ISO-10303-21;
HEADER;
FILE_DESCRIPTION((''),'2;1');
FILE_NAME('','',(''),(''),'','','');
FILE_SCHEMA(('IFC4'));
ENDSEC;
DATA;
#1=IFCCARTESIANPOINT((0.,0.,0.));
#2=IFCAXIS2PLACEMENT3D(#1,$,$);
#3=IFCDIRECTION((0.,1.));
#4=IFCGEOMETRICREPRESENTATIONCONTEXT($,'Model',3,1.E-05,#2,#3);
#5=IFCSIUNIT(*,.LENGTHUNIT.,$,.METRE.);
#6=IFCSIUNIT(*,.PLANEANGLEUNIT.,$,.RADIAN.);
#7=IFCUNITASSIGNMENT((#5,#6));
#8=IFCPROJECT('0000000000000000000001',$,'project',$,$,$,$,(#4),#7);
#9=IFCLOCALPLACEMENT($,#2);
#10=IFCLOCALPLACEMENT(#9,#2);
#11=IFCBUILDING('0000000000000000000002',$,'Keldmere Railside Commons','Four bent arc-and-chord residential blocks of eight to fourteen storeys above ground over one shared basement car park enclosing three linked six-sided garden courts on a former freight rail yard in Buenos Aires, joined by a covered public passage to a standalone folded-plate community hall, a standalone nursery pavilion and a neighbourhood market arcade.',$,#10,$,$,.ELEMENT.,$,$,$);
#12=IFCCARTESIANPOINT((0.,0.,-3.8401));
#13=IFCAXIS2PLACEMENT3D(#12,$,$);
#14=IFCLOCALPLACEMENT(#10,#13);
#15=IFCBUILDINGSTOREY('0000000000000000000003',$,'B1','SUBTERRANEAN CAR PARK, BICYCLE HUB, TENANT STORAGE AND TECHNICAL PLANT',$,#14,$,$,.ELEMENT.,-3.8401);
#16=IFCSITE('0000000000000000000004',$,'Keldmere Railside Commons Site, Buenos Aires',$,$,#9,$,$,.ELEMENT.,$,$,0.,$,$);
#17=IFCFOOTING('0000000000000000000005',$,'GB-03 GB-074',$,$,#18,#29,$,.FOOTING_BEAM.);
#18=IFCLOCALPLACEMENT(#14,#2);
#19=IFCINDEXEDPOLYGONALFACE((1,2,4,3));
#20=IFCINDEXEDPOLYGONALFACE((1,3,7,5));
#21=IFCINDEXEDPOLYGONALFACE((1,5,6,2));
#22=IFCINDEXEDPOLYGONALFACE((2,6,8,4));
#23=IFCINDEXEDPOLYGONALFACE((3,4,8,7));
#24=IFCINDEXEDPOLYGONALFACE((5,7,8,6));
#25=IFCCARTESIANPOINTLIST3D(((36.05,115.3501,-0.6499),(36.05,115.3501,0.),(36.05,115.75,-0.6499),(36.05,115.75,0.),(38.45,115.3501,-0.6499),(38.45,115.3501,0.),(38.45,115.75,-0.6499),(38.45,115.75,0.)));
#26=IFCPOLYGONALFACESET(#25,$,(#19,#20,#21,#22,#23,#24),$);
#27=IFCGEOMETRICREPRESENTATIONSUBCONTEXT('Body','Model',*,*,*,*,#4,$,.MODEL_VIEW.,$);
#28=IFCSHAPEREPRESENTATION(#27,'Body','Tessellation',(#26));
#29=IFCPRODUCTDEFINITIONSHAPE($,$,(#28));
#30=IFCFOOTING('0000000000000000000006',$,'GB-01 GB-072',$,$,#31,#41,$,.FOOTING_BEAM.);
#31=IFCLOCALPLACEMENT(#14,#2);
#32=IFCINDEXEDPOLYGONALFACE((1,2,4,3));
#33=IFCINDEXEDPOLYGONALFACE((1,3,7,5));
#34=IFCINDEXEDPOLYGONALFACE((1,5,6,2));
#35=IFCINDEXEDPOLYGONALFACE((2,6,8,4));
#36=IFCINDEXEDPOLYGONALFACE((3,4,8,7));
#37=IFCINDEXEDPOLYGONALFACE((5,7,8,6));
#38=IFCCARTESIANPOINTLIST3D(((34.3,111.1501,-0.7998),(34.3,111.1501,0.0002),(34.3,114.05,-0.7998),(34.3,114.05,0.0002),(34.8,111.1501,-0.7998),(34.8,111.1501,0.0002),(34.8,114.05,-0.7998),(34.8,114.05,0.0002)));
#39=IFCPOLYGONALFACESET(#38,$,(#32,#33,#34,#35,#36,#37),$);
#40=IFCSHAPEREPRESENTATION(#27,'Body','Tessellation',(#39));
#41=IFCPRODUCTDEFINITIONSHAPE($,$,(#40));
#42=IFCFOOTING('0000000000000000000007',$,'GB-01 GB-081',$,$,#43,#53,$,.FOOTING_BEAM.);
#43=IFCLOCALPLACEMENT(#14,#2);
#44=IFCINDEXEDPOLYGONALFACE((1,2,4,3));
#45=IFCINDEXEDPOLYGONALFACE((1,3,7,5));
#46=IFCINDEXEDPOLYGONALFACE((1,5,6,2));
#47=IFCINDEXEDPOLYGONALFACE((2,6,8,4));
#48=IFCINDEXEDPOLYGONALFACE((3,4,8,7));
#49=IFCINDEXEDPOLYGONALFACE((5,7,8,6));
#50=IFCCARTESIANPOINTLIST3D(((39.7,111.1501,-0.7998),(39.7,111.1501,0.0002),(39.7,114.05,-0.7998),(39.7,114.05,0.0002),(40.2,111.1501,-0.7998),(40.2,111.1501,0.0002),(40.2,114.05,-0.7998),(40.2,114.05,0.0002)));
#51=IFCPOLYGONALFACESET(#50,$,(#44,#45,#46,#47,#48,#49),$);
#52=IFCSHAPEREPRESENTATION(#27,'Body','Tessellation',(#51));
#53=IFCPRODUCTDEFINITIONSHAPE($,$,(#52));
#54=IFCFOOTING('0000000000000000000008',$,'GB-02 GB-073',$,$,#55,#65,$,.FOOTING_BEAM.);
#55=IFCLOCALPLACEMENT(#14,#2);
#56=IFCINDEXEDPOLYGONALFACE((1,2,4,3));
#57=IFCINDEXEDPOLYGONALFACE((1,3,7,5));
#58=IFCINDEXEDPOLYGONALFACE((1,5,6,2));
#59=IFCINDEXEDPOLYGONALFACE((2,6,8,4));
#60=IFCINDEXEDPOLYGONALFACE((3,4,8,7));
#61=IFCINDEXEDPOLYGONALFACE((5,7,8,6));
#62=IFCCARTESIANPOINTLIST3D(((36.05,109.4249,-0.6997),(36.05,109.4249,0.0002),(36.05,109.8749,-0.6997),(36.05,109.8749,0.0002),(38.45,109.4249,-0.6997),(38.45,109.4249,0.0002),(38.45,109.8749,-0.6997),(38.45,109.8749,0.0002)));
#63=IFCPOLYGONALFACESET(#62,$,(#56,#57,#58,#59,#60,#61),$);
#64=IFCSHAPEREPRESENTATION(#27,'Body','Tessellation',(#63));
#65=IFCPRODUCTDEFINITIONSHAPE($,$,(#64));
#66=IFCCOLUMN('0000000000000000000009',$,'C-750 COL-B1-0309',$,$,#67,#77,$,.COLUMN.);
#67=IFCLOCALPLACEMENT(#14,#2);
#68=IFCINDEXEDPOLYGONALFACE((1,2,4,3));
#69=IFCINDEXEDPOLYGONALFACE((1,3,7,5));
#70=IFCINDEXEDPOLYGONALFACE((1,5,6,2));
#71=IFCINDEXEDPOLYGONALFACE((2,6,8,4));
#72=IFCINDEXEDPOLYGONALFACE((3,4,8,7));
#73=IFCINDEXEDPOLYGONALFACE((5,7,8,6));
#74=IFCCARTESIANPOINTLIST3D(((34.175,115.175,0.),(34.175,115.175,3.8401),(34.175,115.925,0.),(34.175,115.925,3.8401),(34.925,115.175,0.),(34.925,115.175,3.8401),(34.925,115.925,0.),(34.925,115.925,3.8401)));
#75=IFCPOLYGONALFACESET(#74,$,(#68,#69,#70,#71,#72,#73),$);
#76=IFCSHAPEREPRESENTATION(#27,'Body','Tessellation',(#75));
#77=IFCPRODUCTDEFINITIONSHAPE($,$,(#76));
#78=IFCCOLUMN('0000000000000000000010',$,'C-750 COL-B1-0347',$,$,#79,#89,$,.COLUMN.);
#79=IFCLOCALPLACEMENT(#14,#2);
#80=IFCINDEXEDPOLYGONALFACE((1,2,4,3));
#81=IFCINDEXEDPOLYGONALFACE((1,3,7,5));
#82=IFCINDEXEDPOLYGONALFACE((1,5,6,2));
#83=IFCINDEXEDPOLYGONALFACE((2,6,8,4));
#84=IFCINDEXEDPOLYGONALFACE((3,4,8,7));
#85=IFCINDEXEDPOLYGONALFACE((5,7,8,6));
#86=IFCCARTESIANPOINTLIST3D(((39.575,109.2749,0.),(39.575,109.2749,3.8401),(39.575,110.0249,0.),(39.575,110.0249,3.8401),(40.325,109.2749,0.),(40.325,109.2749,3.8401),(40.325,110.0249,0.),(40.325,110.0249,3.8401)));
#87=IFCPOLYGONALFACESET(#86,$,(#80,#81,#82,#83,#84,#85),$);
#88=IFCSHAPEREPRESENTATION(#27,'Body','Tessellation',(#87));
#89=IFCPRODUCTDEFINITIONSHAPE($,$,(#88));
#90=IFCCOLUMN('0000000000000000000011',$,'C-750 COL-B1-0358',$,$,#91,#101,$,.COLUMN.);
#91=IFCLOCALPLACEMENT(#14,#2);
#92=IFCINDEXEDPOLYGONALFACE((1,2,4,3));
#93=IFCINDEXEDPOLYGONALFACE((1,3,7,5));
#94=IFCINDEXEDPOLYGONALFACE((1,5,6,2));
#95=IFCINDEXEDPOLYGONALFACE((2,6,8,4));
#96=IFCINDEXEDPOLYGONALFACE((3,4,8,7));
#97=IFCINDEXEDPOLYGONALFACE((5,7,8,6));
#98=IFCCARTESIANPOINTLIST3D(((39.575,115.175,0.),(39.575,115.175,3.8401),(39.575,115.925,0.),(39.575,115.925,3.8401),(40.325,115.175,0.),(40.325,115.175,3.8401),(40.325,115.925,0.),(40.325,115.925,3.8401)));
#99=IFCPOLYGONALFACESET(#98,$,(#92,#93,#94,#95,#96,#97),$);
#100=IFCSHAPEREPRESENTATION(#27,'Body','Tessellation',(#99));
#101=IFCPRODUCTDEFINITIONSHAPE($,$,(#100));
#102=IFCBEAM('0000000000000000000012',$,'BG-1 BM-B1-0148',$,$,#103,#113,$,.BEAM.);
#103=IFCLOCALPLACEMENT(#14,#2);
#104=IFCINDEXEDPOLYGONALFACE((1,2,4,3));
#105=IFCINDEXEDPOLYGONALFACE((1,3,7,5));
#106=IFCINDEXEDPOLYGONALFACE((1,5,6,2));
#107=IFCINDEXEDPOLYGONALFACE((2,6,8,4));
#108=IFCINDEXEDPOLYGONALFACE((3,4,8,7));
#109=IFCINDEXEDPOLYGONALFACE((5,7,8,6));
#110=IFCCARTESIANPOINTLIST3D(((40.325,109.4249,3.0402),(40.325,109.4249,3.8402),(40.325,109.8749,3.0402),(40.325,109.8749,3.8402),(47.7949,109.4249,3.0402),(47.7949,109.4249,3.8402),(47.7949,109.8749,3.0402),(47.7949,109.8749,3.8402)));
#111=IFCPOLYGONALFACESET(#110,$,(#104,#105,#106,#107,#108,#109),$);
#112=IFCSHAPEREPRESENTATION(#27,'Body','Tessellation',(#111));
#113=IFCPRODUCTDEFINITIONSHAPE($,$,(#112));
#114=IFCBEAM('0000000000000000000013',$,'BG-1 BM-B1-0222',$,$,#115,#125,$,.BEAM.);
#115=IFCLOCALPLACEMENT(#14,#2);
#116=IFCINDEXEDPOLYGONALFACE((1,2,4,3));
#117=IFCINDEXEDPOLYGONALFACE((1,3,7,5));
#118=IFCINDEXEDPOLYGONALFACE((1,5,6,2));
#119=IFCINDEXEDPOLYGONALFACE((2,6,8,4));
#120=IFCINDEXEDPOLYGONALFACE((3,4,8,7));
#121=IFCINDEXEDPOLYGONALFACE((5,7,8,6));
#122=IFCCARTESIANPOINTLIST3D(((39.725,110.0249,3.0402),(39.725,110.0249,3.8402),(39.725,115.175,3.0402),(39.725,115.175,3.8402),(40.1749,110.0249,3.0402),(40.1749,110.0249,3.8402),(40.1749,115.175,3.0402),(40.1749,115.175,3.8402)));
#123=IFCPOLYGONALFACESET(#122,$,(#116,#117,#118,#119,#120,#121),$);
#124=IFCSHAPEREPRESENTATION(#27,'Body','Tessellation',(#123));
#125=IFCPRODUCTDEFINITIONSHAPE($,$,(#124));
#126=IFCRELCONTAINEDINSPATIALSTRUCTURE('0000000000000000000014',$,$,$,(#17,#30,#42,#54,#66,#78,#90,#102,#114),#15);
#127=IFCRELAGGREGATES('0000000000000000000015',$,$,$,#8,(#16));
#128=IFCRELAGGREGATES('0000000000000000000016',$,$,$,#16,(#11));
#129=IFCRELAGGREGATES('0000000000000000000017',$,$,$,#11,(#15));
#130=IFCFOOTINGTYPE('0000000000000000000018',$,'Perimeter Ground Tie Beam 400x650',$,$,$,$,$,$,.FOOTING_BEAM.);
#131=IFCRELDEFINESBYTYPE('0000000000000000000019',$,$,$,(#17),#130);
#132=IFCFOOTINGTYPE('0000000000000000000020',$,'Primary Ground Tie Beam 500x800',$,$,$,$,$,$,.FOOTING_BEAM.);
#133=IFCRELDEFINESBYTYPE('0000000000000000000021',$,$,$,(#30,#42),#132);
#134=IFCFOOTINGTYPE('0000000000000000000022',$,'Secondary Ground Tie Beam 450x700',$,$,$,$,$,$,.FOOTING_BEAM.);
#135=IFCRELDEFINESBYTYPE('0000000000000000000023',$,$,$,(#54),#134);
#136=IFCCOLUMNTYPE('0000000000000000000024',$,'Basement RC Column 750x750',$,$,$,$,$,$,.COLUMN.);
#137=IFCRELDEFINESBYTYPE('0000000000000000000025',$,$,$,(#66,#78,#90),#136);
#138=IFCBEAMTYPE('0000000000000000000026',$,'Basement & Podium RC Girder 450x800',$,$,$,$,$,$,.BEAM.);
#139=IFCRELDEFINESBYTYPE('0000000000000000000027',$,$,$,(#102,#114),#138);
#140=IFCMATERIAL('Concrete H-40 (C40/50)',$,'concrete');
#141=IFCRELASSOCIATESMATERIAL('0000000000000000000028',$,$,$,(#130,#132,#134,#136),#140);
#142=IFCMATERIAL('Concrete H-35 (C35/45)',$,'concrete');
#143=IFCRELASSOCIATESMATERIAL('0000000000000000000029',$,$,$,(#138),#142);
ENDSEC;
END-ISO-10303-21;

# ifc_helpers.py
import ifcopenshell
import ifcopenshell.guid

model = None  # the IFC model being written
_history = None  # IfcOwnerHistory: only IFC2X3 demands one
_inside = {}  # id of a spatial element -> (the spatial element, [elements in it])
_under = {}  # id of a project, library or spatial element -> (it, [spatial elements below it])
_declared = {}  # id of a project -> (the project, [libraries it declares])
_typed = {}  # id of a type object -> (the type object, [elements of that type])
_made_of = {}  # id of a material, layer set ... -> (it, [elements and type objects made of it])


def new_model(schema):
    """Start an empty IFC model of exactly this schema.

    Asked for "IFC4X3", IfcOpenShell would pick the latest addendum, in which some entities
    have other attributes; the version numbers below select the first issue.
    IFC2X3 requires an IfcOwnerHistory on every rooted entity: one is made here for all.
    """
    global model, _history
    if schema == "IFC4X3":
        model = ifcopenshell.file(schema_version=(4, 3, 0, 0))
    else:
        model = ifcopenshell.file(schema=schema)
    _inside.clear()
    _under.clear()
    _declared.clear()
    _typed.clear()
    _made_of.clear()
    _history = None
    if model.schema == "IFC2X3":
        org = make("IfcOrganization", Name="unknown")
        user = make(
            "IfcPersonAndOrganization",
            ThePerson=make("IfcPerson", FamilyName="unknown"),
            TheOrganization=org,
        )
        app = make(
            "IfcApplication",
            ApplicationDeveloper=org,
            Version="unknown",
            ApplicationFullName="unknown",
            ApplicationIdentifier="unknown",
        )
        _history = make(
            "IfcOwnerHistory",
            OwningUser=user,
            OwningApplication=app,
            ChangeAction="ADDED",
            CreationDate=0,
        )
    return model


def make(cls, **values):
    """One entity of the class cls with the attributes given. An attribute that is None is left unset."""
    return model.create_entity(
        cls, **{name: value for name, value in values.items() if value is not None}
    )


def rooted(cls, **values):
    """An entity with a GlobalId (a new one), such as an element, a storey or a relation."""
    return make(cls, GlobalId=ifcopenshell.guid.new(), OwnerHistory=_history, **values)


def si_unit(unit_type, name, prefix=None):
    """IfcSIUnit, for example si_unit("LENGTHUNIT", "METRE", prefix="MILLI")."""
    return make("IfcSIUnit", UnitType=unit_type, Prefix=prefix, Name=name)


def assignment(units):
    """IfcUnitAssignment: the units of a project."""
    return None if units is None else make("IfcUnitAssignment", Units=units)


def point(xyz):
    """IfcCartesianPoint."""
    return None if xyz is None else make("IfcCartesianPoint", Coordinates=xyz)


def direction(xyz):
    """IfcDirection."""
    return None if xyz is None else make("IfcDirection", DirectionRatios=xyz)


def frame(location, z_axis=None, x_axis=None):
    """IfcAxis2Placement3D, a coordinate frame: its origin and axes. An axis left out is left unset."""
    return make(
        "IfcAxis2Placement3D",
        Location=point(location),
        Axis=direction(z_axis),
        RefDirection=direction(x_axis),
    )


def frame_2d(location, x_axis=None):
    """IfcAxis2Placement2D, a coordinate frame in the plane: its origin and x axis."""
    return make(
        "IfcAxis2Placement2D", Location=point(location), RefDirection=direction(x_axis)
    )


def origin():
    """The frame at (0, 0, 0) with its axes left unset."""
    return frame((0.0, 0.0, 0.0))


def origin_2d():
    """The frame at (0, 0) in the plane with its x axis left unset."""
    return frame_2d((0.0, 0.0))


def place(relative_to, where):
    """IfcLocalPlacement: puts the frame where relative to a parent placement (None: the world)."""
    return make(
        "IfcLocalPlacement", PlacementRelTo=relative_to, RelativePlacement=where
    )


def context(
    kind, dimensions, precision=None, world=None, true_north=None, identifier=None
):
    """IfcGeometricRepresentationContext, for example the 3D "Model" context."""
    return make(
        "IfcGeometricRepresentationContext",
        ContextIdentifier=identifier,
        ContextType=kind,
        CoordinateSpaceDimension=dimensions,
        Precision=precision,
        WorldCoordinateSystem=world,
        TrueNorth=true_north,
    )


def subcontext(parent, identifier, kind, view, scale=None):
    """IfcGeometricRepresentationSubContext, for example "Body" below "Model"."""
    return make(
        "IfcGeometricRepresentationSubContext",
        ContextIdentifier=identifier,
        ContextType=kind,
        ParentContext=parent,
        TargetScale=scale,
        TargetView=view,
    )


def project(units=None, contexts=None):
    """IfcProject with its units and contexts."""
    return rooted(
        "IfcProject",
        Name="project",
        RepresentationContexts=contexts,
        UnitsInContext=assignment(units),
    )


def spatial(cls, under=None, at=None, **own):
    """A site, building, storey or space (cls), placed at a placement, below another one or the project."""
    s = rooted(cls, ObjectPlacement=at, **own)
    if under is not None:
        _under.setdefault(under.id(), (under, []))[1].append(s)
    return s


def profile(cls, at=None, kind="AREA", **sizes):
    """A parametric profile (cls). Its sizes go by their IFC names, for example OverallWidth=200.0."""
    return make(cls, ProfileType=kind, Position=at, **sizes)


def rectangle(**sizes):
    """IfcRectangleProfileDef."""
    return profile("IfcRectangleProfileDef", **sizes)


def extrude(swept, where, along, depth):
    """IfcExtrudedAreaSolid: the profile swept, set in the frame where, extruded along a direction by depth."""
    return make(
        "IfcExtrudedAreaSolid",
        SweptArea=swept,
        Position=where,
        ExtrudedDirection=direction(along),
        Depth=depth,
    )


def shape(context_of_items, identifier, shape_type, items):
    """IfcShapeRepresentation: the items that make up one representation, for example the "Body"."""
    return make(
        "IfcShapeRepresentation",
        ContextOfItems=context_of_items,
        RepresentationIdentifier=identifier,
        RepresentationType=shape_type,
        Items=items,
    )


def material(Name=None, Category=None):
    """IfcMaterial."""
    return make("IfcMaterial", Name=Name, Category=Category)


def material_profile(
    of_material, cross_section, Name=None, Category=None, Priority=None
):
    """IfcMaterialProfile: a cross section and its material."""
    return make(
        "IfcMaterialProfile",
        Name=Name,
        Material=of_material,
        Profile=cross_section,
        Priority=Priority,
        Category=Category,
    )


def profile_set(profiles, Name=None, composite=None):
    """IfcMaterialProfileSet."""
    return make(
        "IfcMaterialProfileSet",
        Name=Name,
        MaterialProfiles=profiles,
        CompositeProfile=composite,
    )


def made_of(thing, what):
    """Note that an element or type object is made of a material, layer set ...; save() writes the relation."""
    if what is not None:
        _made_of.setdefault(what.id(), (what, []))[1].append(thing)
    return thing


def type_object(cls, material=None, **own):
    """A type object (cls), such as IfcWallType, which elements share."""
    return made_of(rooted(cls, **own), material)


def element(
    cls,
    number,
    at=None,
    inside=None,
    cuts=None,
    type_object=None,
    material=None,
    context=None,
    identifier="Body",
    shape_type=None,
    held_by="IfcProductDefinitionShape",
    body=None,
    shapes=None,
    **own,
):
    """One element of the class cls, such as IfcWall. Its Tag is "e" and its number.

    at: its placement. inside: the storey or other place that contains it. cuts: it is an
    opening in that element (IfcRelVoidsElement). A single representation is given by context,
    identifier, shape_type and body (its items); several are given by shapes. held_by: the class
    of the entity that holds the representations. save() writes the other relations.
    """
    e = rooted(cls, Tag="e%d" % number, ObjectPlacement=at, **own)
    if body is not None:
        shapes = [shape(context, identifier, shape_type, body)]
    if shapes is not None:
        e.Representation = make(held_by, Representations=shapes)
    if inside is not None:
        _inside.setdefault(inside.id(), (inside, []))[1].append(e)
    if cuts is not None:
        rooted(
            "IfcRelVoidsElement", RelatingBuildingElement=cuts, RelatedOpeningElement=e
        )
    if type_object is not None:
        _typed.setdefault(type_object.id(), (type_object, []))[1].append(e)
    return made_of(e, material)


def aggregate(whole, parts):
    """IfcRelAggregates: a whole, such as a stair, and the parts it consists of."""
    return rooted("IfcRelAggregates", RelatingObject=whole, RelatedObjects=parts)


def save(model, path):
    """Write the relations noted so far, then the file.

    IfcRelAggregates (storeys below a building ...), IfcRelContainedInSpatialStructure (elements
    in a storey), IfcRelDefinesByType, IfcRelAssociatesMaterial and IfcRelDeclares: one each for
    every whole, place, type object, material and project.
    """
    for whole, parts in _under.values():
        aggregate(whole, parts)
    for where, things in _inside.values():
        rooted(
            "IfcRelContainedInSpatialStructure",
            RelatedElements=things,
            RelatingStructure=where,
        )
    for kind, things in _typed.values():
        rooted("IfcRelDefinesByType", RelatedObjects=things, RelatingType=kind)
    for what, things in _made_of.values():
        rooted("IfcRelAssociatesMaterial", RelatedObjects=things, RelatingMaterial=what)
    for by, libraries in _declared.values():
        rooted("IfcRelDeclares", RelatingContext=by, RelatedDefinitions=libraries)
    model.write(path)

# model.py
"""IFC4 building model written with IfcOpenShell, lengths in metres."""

from ifc_helpers import new_model, si_unit, direction, frame, origin, origin_2d, place, context, subcontext, project, spatial, rectangle, extrude, material, material_profile, profile_set, type_object, element, save


model = new_model("IFC4")

# Units and contexts
model_context = context("Model", 3, precision=1e-05, world=origin(), true_north=direction((0.0, 1.0)))
body_context = subcontext(model_context, "Body", "Model", "MODEL_VIEW")
ifc_project = project(units=[si_unit("LENGTHUNIT", "METRE"), si_unit("PLANEANGLEUNIT", "RADIAN")], contexts=[model_context])

# Site, building, storey
site_placement = place(None, origin())
site = spatial("IfcSite", under=ifc_project, at=site_placement, Name="Keldmere Railside Commons Site, Buenos Aires", CompositionType="ELEMENT", RefElevation=0.0)
building_placement = place(site_placement, origin())
building = spatial("IfcBuilding", under=site, at=building_placement, Name="Keldmere Railside Commons", Description="Four bent arc-and-chord residential blocks of eight to fourteen storeys above ground over one shared basement car park enclosing three linked six-sided garden courts on a former freight rail yard in Buenos Aires, joined by a covered public passage to a standalone folded-plate community hall, a standalone nursery pavilion and a neighbourhood market arcade.", CompositionType="ELEMENT")
storey_placement = place(building_placement, frame((0.0, 0.0, -3.8401)))
storey = spatial("IfcBuildingStorey", under=building, at=storey_placement, Name="B1", Description="SUBTERRANEAN CAR PARK, BICYCLE HUB, TENANT STORAGE AND TECHNICAL PLANT", CompositionType="ELEMENT", Elevation=-3.8401)

# Footings
ifc_material_1 = material(Name="Concrete H-40 (C40/50)", Category="concrete")
footing_type_1 = type_object("IfcFootingType", Name="Perimeter Ground Tie Beam 400x650", PredefinedType="FOOTING_BEAM", material=ifc_material_1)
footing_1_placement = place(storey_placement, frame((37.25, 115.55, -0.6499), z_axis=(0.0, 0.0, 1.0), x_axis=(1.0, 0.0, 0.0)))
element("IfcFooting", 1, at=footing_1_placement, inside=storey, type_object=footing_type_1, Name="GB-03 GB-074", PredefinedType="FOOTING_BEAM", context=body_context, shape_type="SweptSolid", body=[
    extrude(rectangle(XDim=2.3999, YDim=0.3999, at=origin_2d()), origin(), (0.0, 0.0, 1.0), 0.6499),
])
footing_type_2 = type_object("IfcFootingType", Name="Primary Ground Tie Beam 500x800", PredefinedType="FOOTING_BEAM", material=ifc_material_1)
for number, where, z_axis, x_axis, name in (
    (2, (34.55, 112.6001, -0.7998), (0.0, 0.0, 1.0), (0.0, 1.0, 0.0), "GB-01 GB-072"),
    (3, (39.95, 112.6001, -0.7998), (0.0, 0.0, 1.0), (0.0, 1.0, 0.0), "GB-01 GB-081"),
):
    element("IfcFooting", number, at=place(storey_placement, frame(where, z_axis=z_axis, x_axis=x_axis)), inside=storey, type_object=footing_type_2, Name=name, PredefinedType="FOOTING_BEAM", context=body_context, shape_type="SweptSolid", body=[
        extrude(rectangle(XDim=2.8999, YDim=0.5, at=origin_2d()), origin(), (0.0, 0.0, 1.0), 0.8),
    ])
footing_type_3 = type_object("IfcFootingType", Name="Secondary Ground Tie Beam 450x700", PredefinedType="FOOTING_BEAM", material=ifc_material_1)
footing_2_placement = place(storey_placement, frame((37.25, 109.6499, -0.6997), z_axis=(0.0, 0.0, 1.0), x_axis=(1.0, 0.0, 0.0)))
element("IfcFooting", 4, at=footing_2_placement, inside=storey, type_object=footing_type_3, Name="GB-02 GB-073", PredefinedType="FOOTING_BEAM", context=body_context, shape_type="SweptSolid", body=[
    extrude(rectangle(XDim=2.3999, YDim=0.45, at=origin_2d()), origin(), (0.0, 0.0, 1.0), 0.7),
])

# Columns
ifc_material_profile_1 = material_profile(ifc_material_1, rectangle(XDim=0.75, YDim=0.75, at=origin_2d()), Name="RC-750x750")
ifc_profile_set_1 = profile_set([ifc_material_profile_1], Name="Concrete H-40 (C40/50)")
column_type = type_object("IfcColumnType", Name="Basement RC Column 750x750", PredefinedType="COLUMN", material=ifc_profile_set_1)
for number, where, z_axis, x_axis, name in (
    (5, (34.55, 115.55, 0.0), (0.0, 0.0, 1.0), (1.0, 0.0, 0.0), "C-750 COL-B1-0309"),
    (6, (39.95, 109.6499, 0.0), (0.0, 0.0, 1.0), (1.0, 0.0, 0.0), "C-750 COL-B1-0347"),
    (7, (39.95, 115.55, 0.0), (0.0, 0.0, 1.0), (1.0, 0.0, 0.0), "C-750 COL-B1-0358"),
):
    element("IfcColumn", number, at=place(storey_placement, frame(where, z_axis=z_axis, x_axis=x_axis)), inside=storey, type_object=column_type, Name=name, PredefinedType="COLUMN", context=body_context, shape_type="SweptSolid", body=[
        extrude(rectangle(XDim=0.75, YDim=0.75, at=origin_2d()), origin(), (0.0, 0.0, 1.0), 3.8401),
    ])

# Beams
ifc_material_2 = material(Name="Concrete H-35 (C35/45)", Category="concrete")
ifc_material_profile_2 = material_profile(ifc_material_2, rectangle(XDim=0.45, YDim=0.8, at=origin_2d()), Name="RC-450x800")
ifc_profile_set_2 = profile_set([ifc_material_profile_2], Name="Concrete H-35 (C35/45)")
beam_type = type_object("IfcBeamType", Name="Basement & Podium RC Girder 450x800", PredefinedType="BEAM", material=ifc_profile_set_2)
beam_1_placement = place(storey_placement, frame((40.325, 109.6499, 3.4402), z_axis=(1.0, 0.0, 0.0), x_axis=(0.0, 1.0, 0.0)))
element("IfcBeam", 8, at=beam_1_placement, inside=storey, type_object=beam_type, Name="BG-1 BM-B1-0148", PredefinedType="BEAM", context=body_context, shape_type="SweptSolid", body=[
    extrude(rectangle(XDim=0.45, YDim=0.8, at=origin_2d()), origin(), (0.0, 0.0, 1.0), 7.47),
])
beam_2_placement = place(storey_placement, frame((39.95, 110.0249, 3.4402), z_axis=(0.0, 1.0, 0.0), x_axis=(-1.0, 0.0, 0.0)))
element("IfcBeam", 9, at=beam_2_placement, inside=storey, type_object=beam_type, Name="BG-1 BM-B1-0222", PredefinedType="BEAM", context=body_context, shape_type="SweptSolid", body=[
    extrude(rectangle(XDim=0.45, YDim=0.8, at=origin_2d()), origin(), (0.0, 0.0, 1.0), 5.1501),
])

save(model, "model.ifc")
